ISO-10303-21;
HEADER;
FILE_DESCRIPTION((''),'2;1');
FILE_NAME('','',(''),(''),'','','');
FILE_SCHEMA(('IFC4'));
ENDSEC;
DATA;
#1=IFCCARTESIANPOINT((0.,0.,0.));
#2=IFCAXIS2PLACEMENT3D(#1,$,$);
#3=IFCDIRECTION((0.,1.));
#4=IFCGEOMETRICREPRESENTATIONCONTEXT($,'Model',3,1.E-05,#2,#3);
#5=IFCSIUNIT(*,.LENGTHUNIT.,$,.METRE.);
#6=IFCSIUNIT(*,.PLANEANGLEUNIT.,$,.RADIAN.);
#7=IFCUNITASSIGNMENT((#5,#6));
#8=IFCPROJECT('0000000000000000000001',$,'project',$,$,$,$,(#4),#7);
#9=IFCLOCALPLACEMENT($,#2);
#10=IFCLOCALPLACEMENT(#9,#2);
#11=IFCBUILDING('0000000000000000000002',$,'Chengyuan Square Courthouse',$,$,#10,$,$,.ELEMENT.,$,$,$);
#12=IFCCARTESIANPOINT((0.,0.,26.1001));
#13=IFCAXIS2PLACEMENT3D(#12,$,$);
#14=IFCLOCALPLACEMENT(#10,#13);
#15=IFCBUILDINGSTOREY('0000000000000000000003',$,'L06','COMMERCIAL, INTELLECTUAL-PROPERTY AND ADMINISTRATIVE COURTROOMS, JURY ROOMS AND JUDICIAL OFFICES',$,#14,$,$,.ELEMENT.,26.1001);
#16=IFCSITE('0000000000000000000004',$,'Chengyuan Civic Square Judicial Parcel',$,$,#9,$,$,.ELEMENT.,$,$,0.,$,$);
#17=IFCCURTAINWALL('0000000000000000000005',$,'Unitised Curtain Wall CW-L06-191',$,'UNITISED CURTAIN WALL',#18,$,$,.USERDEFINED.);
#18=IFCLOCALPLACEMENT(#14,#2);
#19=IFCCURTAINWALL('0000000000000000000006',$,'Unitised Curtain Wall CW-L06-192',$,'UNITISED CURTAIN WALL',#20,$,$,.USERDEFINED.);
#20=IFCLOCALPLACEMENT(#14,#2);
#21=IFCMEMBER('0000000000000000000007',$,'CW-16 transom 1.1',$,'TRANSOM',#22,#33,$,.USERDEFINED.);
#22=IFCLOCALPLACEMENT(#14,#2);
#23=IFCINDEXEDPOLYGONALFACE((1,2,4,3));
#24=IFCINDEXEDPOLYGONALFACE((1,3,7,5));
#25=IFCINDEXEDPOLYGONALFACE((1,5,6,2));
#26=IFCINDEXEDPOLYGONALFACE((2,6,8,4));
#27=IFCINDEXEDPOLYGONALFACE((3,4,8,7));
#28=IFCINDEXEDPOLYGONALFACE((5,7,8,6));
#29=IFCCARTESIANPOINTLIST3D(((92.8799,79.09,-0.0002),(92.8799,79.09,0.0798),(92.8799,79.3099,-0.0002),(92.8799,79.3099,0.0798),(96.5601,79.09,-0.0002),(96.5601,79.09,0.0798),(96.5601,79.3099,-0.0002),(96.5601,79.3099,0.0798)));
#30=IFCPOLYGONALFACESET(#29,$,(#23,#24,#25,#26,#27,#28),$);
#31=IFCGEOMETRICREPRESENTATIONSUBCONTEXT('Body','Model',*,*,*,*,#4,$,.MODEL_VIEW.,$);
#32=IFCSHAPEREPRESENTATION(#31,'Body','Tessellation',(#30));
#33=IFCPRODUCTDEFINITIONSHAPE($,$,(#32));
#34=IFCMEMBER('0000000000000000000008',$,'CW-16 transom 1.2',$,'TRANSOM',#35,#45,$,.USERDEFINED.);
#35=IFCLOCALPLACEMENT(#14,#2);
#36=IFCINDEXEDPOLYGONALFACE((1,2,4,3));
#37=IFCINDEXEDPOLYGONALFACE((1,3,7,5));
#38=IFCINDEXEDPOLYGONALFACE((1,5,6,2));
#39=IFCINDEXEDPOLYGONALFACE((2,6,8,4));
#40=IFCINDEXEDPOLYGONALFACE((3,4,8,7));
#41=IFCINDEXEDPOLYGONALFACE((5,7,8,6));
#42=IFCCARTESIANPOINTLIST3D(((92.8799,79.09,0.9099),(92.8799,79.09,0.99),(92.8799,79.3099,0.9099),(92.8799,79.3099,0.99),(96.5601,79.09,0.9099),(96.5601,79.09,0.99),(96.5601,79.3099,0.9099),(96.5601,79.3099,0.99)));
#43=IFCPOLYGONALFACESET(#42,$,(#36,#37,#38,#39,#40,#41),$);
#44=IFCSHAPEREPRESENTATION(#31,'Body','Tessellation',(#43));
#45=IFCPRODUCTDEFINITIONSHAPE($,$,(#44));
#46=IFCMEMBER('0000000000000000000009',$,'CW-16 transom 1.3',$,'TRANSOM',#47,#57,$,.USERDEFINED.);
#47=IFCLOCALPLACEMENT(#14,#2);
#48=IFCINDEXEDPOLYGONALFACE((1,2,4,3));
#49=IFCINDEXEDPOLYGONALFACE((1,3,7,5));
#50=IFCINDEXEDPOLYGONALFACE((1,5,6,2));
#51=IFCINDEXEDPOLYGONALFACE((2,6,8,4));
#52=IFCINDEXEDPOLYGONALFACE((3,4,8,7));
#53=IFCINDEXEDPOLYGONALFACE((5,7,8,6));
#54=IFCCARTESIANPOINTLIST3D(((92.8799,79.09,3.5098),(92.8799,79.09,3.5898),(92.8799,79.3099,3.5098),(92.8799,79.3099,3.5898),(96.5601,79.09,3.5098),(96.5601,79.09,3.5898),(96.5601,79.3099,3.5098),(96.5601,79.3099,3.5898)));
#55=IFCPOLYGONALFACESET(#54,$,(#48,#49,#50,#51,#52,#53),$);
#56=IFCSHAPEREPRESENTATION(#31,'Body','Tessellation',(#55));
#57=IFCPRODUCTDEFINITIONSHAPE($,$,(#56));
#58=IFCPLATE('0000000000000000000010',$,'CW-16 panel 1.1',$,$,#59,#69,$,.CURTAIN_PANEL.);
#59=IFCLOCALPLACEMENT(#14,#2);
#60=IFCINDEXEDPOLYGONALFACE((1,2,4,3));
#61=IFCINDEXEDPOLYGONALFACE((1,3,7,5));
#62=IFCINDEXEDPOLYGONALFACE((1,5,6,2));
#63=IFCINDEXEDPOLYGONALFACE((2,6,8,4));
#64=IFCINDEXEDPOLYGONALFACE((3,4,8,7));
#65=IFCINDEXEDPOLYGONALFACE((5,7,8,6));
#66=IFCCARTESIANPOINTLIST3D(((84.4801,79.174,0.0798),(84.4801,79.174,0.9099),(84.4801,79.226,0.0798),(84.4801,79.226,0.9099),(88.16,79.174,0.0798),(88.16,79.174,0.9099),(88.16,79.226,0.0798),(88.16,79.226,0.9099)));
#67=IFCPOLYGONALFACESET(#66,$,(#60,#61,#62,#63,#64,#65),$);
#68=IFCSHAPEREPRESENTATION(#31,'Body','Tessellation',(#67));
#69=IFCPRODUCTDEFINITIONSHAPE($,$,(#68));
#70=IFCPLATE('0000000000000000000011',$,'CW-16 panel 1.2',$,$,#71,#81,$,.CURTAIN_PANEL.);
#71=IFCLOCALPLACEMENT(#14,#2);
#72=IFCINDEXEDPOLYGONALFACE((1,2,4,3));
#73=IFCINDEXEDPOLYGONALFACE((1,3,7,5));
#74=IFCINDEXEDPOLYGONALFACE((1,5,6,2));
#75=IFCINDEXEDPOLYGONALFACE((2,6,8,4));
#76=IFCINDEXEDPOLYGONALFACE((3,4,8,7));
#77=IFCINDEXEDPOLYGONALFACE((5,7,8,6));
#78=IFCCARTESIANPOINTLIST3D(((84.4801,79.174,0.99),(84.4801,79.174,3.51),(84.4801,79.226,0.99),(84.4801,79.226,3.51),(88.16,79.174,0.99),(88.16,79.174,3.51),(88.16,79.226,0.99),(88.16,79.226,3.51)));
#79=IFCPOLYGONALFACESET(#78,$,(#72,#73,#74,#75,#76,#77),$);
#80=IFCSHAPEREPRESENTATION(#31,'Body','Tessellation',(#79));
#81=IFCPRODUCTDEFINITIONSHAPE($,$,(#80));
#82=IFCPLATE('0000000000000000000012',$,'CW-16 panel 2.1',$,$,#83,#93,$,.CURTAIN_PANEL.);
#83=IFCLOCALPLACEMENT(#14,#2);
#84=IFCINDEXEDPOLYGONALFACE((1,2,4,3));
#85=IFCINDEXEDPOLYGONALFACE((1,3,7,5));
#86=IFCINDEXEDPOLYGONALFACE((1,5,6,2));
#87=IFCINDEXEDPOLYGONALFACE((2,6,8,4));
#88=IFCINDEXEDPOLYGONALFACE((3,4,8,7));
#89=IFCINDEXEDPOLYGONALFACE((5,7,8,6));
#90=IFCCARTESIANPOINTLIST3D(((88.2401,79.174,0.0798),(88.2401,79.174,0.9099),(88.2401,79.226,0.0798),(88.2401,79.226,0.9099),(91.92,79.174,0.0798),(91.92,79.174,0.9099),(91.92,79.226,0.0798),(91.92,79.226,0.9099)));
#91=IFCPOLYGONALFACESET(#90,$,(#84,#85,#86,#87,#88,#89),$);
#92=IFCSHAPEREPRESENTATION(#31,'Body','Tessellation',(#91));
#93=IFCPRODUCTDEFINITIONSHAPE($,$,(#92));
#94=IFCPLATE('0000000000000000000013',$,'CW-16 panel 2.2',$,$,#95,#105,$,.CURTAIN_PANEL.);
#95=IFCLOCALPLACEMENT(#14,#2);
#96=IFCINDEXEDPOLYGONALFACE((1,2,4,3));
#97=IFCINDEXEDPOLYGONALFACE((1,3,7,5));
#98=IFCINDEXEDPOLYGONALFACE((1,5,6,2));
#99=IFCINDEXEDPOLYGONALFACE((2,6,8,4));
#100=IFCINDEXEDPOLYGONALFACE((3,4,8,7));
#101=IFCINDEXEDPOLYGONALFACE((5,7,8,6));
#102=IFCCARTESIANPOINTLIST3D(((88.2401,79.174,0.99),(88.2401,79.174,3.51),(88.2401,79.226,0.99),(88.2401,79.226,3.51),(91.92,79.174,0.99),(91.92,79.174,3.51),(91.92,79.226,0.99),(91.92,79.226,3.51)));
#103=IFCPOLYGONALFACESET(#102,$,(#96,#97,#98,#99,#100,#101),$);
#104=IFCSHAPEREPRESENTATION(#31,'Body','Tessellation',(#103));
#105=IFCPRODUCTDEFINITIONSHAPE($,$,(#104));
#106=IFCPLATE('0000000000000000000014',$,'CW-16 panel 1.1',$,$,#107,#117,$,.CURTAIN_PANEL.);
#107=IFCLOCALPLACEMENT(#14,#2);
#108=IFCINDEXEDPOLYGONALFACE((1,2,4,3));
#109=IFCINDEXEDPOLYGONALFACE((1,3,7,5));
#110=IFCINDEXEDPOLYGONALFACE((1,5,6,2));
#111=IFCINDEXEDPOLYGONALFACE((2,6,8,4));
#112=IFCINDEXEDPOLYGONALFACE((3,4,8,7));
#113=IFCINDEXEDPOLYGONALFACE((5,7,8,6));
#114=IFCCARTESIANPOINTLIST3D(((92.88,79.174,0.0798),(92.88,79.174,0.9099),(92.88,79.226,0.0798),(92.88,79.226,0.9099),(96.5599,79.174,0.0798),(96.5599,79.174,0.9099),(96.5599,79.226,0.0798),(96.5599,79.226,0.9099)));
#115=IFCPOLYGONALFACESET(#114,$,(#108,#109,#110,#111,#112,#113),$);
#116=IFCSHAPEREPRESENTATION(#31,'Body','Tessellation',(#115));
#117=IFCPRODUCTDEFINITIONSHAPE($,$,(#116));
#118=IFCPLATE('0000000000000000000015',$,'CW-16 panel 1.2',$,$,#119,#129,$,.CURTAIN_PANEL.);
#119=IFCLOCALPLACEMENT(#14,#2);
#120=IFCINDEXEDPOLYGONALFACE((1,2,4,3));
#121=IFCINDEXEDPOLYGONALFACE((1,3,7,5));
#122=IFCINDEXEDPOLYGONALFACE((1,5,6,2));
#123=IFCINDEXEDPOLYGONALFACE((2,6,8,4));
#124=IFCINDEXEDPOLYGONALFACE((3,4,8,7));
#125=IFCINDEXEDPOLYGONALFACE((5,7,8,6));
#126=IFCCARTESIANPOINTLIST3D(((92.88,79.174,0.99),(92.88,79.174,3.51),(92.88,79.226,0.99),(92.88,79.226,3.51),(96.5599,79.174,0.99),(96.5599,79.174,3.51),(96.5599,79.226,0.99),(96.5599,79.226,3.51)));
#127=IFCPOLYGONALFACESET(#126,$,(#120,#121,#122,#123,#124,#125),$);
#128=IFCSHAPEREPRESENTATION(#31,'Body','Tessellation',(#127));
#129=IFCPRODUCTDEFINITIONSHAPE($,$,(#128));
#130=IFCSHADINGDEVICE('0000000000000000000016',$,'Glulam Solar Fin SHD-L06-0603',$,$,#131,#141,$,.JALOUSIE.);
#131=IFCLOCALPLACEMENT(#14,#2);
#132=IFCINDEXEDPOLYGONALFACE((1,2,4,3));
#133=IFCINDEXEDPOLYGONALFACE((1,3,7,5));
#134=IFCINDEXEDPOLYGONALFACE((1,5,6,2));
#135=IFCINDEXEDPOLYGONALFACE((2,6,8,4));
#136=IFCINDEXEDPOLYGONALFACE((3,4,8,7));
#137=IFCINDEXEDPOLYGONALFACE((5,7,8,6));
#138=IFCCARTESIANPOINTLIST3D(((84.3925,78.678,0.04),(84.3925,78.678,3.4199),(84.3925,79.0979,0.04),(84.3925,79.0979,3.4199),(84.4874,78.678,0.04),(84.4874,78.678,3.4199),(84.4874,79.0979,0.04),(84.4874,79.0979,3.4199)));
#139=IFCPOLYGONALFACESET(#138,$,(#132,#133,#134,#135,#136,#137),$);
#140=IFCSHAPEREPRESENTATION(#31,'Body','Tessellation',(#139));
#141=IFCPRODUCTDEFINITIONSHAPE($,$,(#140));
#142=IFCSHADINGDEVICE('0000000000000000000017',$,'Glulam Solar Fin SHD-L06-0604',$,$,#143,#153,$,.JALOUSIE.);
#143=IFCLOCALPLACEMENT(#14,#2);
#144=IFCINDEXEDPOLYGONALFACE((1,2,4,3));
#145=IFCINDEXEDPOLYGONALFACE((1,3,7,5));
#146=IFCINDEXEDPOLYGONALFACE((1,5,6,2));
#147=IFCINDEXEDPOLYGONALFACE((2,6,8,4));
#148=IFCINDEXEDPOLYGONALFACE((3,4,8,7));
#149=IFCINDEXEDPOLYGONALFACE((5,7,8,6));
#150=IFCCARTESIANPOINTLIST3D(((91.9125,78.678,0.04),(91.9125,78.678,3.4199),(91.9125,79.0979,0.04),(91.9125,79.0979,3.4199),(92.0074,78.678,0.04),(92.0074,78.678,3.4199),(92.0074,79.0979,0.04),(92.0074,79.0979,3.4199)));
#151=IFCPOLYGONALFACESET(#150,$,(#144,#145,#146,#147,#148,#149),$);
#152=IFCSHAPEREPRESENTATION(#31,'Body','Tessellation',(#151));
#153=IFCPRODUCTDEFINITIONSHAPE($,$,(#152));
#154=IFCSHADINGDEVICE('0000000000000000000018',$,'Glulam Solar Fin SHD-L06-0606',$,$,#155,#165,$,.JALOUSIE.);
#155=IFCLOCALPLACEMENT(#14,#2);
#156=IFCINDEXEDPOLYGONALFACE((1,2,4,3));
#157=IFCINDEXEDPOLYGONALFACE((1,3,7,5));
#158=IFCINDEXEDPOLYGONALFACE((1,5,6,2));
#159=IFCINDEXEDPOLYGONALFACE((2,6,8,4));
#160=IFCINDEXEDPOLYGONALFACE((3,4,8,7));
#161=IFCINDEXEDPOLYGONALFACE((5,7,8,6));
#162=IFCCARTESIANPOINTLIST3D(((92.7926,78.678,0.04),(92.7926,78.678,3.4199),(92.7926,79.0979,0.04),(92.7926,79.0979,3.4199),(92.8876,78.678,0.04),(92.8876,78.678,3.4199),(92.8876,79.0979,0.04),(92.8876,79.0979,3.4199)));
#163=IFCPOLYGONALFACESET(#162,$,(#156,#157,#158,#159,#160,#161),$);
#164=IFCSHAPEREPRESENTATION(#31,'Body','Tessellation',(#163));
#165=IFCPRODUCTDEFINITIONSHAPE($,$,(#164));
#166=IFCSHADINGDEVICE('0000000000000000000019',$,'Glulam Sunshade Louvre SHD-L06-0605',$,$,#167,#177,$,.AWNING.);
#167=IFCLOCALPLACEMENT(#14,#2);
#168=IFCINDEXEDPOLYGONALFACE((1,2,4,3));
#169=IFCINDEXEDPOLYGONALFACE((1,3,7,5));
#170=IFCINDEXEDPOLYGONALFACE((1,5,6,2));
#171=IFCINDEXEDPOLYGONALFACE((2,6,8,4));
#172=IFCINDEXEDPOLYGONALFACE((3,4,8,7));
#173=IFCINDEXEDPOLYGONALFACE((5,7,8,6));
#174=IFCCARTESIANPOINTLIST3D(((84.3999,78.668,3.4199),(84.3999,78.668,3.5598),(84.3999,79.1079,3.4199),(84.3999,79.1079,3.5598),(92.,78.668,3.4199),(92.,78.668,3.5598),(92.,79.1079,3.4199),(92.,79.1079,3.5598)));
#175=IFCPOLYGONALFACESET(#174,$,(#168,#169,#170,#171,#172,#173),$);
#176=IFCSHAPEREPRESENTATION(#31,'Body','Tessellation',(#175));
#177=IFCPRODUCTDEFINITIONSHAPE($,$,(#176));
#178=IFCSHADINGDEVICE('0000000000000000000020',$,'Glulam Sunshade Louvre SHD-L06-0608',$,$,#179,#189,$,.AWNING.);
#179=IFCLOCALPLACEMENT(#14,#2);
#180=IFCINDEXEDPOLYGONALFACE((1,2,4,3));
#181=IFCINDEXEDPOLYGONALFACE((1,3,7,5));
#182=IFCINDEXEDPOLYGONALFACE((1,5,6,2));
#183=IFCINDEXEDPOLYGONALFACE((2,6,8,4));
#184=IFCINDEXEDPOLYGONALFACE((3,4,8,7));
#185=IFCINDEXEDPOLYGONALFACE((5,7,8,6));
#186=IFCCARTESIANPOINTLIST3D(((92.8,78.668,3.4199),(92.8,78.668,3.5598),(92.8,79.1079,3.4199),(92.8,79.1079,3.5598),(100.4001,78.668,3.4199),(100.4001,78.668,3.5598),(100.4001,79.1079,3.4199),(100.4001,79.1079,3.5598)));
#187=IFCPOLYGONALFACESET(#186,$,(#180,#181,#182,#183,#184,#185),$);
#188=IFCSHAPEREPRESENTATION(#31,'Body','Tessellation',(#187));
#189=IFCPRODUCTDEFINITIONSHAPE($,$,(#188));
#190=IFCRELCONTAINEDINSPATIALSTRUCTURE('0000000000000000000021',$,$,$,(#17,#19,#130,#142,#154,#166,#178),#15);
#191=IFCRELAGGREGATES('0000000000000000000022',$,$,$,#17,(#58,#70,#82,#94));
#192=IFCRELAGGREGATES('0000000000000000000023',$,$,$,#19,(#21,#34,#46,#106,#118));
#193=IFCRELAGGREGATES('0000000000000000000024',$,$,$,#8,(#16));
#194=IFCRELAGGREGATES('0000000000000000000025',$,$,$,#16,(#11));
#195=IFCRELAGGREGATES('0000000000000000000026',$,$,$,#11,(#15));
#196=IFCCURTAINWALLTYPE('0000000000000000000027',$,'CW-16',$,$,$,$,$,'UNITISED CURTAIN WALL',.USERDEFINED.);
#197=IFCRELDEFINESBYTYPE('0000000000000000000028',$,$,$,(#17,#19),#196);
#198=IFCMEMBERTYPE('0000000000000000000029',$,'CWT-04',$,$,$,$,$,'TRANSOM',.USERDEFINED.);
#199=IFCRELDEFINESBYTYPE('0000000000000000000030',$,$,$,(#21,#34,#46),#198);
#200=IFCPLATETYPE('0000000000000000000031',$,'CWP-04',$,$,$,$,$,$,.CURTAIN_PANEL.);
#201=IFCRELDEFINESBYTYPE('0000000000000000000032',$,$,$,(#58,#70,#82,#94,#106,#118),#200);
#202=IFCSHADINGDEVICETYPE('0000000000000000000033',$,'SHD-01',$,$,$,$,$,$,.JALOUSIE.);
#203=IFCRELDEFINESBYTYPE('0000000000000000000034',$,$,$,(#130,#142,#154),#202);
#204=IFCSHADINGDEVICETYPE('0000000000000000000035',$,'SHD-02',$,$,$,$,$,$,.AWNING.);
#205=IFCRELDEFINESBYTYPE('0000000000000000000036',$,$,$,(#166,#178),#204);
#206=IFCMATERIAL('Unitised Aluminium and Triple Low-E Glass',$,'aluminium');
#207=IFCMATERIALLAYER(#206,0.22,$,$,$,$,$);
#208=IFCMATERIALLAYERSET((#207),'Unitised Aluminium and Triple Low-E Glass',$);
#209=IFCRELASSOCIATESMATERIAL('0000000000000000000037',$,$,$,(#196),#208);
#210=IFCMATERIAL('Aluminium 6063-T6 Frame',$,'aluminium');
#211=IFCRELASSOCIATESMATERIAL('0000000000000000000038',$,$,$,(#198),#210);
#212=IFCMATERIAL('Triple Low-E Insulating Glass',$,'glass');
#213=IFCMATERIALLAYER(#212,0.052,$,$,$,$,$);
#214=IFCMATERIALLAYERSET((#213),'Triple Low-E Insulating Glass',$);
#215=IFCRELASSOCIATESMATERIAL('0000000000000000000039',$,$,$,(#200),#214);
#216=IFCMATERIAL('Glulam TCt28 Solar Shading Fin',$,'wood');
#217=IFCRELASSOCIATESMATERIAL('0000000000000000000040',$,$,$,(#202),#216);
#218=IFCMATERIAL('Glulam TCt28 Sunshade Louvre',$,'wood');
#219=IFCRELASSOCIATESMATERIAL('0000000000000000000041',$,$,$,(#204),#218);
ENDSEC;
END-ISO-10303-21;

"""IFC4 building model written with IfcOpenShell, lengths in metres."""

from ifc_helpers import new_model, si_unit, direction, frame, origin, origin_2d, place, context, subcontext, project, spatial, rectangle, extrude, material, layer, layer_set, material_profile, profile_set, type_object, element, aggregate, save


model = new_model("IFC4")

# Units and contexts
model_context = context("Model", 3, precision=1e-05, world=origin(), true_north=direction((0.0, 1.0)))
body_context = subcontext(model_context, "Body", "Model", "MODEL_VIEW")
ifc_project = project(units=[si_unit("LENGTHUNIT", "METRE"), si_unit("PLANEANGLEUNIT", "RADIAN")], contexts=[model_context])

# Site, building, storey
site_placement = place(None, origin())
site = spatial("IfcSite", under=ifc_project, at=site_placement, Name="Chengyuan Civic Square Judicial Parcel", CompositionType="ELEMENT", RefElevation=0.0)
building_placement = place(site_placement, origin())
building = spatial("IfcBuilding", under=site, at=building_placement, Name="Chengyuan Square Courthouse", CompositionType="ELEMENT")
storey_placement = place(building_placement, frame((0.0, 0.0, 26.1001)))
storey = spatial("IfcBuildingStorey", under=building, at=storey_placement, Name="L06", Description="COMMERCIAL, INTELLECTUAL-PROPERTY AND ADMINISTRATIVE COURTROOMS, JURY ROOMS AND JUDICIAL OFFICES", CompositionType="ELEMENT", Elevation=26.1001)

# Curtain wall
ifc_material_1 = material(Name="Unitised Aluminium and Triple Low-E Glass", Category="aluminium")
ifc_layer_1 = layer(ifc_material_1, 0.22)
ifc_layer_set_1 = layer_set([ifc_layer_1], Name="Unitised Aluminium and Triple Low-E Glass")
curtain_wall_type = type_object("IfcCurtainWallType", Name="CW-16", ElementType="UNITISED CURTAIN WALL", PredefinedType="USERDEFINED", material=ifc_layer_set_1)
curtain_wall_1_placement = place(storey_placement, origin())
curtain_wall_1 = element("IfcCurtainWall", 1, at=curtain_wall_1_placement, inside=storey, type_object=curtain_wall_type, Name="Unitised Curtain Wall CW-L06-191", ObjectType="UNITISED CURTAIN WALL", PredefinedType="USERDEFINED")
ifc_material_2 = material(Name="Aluminium 6063-T6 Frame", Category="aluminium")

# Curtain wall
curtain_wall_2_placement = place(storey_placement, origin())
curtain_wall_2 = element("IfcCurtainWall", 2, at=curtain_wall_2_placement, inside=storey, type_object=curtain_wall_type, Name="Unitised Curtain Wall CW-L06-192", ObjectType="UNITISED CURTAIN WALL", PredefinedType="USERDEFINED")

# Members
ifc_material_profile_1 = material_profile(ifc_material_2, rectangle(XDim=0.22, YDim=0.0801, at=origin_2d()), Name="CW-TRN-80x180")
ifc_profile_set_1 = profile_set([ifc_material_profile_1], Name="Aluminium 6063-T6 Frame")
member_type_1 = type_object("IfcMemberType", Name="CWT-04", ElementType="TRANSOM", PredefinedType="USERDEFINED", material=ifc_profile_set_1)
member_1_placement = place(storey_placement, frame((92.8799, 79.2, 0.0398), z_axis=(1.0, 0.0, 0.0), x_axis=(0.0, 1.0, 0.0)))
member_1 = element("IfcMember", 3, at=member_1_placement, type_object=member_type_1, Name="CW-16 transom 1.1", ObjectType="TRANSOM", PredefinedType="USERDEFINED", context=body_context, shape_type="SweptSolid", body=[
    extrude(rectangle(XDim=0.22, YDim=0.0801, at=origin_2d()), origin(), (0.0, 0.0, 1.0), 3.6802),
])
member_2_placement = place(storey_placement, frame((92.8799, 79.2, 0.95), z_axis=(1.0, 0.0, 0.0), x_axis=(0.0, 1.0, 0.0)))
member_2 = element("IfcMember", 4, at=member_2_placement, type_object=member_type_1, Name="CW-16 transom 1.2", ObjectType="TRANSOM", PredefinedType="USERDEFINED", context=body_context, shape_type="SweptSolid", body=[
    extrude(rectangle(XDim=0.22, YDim=0.0801, at=origin_2d()), origin(), (0.0, 0.0, 1.0), 3.6802),
])
member_3_placement = place(storey_placement, frame((92.8799, 79.2, 3.5498), z_axis=(1.0, 0.0, 0.0), x_axis=(0.0, 1.0, 0.0)))
member_3 = element("IfcMember", 5, at=member_3_placement, type_object=member_type_1, Name="CW-16 transom 1.3", ObjectType="TRANSOM", PredefinedType="USERDEFINED", context=body_context, shape_type="SweptSolid", body=[
    extrude(rectangle(XDim=0.22, YDim=0.0801, at=origin_2d()), origin(), (0.0, 0.0, 1.0), 3.6802),
])

# Plates
ifc_material_3 = material(Name="Triple Low-E Insulating Glass", Category="glass")
ifc_layer_2 = layer(ifc_material_3, 0.052)
ifc_layer_set_2 = layer_set([ifc_layer_2], Name="Triple Low-E Insulating Glass")
plate_type = type_object("IfcPlateType", Name="CWP-04", PredefinedType="CURTAIN_PANEL", material=ifc_layer_set_2)
plate_1_placement = place(storey_placement, frame((86.3201, 79.2, 0.0798), z_axis=(0.0, 0.0, 1.0), x_axis=(1.0, 0.0, 0.0)))
plate_1 = element("IfcPlate", 6, at=plate_1_placement, type_object=plate_type, Name="CW-16 panel 1.1", PredefinedType="CURTAIN_PANEL", context=body_context, shape_type="SweptSolid", body=[
    extrude(rectangle(XDim=3.6799, YDim=0.052, at=origin_2d()), origin(), (0.0, 0.0, 1.0), 0.8301),
])
plate_2_placement = place(storey_placement, frame((86.3201, 79.2, 0.99), z_axis=(0.0, 0.0, 1.0), x_axis=(1.0, 0.0, 0.0)))
plate_2 = element("IfcPlate", 7, at=plate_2_placement, type_object=plate_type, Name="CW-16 panel 1.2", PredefinedType="CURTAIN_PANEL", context=body_context, shape_type="SweptSolid", body=[
    extrude(rectangle(XDim=3.6799, YDim=0.052, at=origin_2d()), origin(), (0.0, 0.0, 1.0), 2.52),
])
plate_3_placement = place(storey_placement, frame((90.0801, 79.2, 0.0798), z_axis=(0.0, 0.0, 1.0), x_axis=(1.0, 0.0, 0.0)))
plate_3 = element("IfcPlate", 8, at=plate_3_placement, type_object=plate_type, Name="CW-16 panel 2.1", PredefinedType="CURTAIN_PANEL", context=body_context, shape_type="SweptSolid", body=[
    extrude(rectangle(XDim=3.6799, YDim=0.052, at=origin_2d()), origin(), (0.0, 0.0, 1.0), 0.8301),
])
plate_4_placement = place(storey_placement, frame((90.0801, 79.2, 0.99), z_axis=(0.0, 0.0, 1.0), x_axis=(1.0, 0.0, 0.0)))
plate_4 = element("IfcPlate", 9, at=plate_4_placement, type_object=plate_type, Name="CW-16 panel 2.2", PredefinedType="CURTAIN_PANEL", context=body_context, shape_type="SweptSolid", body=[
    extrude(rectangle(XDim=3.6799, YDim=0.052, at=origin_2d()), origin(), (0.0, 0.0, 1.0), 2.52),
])
aggregate(curtain_wall_1, [plate_1, plate_2, plate_3, plate_4])
plate_5_placement = place(storey_placement, frame((94.72, 79.2, 0.0798), z_axis=(0.0, 0.0, 1.0), x_axis=(1.0, 0.0, 0.0)))
plate_5 = element("IfcPlate", 10, at=plate_5_placement, type_object=plate_type, Name="CW-16 panel 1.1", PredefinedType="CURTAIN_PANEL", context=body_context, shape_type="SweptSolid", body=[
    extrude(rectangle(XDim=3.6799, YDim=0.052, at=origin_2d()), origin(), (0.0, 0.0, 1.0), 0.8301),
])
plate_6_placement = place(storey_placement, frame((94.72, 79.2, 0.99), z_axis=(0.0, 0.0, 1.0), x_axis=(1.0, 0.0, 0.0)))
plate_6 = element("IfcPlate", 11, at=plate_6_placement, type_object=plate_type, Name="CW-16 panel 1.2", PredefinedType="CURTAIN_PANEL", context=body_context, shape_type="SweptSolid", body=[
    extrude(rectangle(XDim=3.6799, YDim=0.052, at=origin_2d()), origin(), (0.0, 0.0, 1.0), 2.52),
])
aggregate(curtain_wall_2, [member_1, member_2, member_3, plate_5, plate_6])

# Shading devices
ifc_material_4 = material(Name="Glulam TCt28 Solar Shading Fin", Category="wood")
shading_device_type_1 = type_object("IfcShadingDeviceType", Name="SHD-01", PredefinedType="JALOUSIE", material=ifc_material_4)
for number, where, z_axis, x_axis, name in (
    (12, (84.4399, 78.8879, 0.04), (0.0, 0.0, 1.0), (0.0, 1.0, 0.0), "Glulam Solar Fin SHD-L06-0603"),
    (13, (91.96, 78.8879, 0.04), (0.0, 0.0, 1.0), (0.0, 1.0, 0.0), "Glulam Solar Fin SHD-L06-0604"),
    (14, (92.8401, 78.8879, 0.04), (0.0, 0.0, 1.0), (0.0, 1.0, 0.0), "Glulam Solar Fin SHD-L06-0606"),
):
    element("IfcShadingDevice", number, at=place(storey_placement, frame(where, z_axis=z_axis, x_axis=x_axis)), inside=storey, type_object=shading_device_type_1, Name=name, PredefinedType="JALOUSIE", context=body_context, shape_type="SweptSolid", body=[
        extrude(rectangle(XDim=0.4199, YDim=0.095, at=origin_2d()), origin(), (0.0, 0.0, 1.0), 3.3799),
    ])
ifc_material_5 = material(Name="Glulam TCt28 Sunshade Louvre", Category="wood")
shading_device_type_2 = type_object("IfcShadingDeviceType", Name="SHD-02", PredefinedType="AWNING", material=ifc_material_5)
for number, where, z_axis, x_axis, name in (
    (15, (88.2, 78.8879, 3.4199), (0.0, 0.0, 1.0), (1.0, 0.0, 0.0), "Glulam Sunshade Louvre SHD-L06-0605"),
    (16, (96.6001, 78.8879, 3.4199), (0.0, 0.0, 1.0), (1.0, 0.0, 0.0), "Glulam Sunshade Louvre SHD-L06-0608"),
):
    element("IfcShadingDevice", number, at=place(storey_placement, frame(where, z_axis=z_axis, x_axis=x_axis)), inside=storey, type_object=shading_device_type_2, Name=name, PredefinedType="AWNING", context=body_context, shape_type="SweptSolid", body=[
        extrude(rectangle(XDim=7.6001, YDim=0.4399, at=origin_2d()), origin(), (0.0, 0.0, 1.0), 0.1399),
    ])

save(model, "model.ifc")
